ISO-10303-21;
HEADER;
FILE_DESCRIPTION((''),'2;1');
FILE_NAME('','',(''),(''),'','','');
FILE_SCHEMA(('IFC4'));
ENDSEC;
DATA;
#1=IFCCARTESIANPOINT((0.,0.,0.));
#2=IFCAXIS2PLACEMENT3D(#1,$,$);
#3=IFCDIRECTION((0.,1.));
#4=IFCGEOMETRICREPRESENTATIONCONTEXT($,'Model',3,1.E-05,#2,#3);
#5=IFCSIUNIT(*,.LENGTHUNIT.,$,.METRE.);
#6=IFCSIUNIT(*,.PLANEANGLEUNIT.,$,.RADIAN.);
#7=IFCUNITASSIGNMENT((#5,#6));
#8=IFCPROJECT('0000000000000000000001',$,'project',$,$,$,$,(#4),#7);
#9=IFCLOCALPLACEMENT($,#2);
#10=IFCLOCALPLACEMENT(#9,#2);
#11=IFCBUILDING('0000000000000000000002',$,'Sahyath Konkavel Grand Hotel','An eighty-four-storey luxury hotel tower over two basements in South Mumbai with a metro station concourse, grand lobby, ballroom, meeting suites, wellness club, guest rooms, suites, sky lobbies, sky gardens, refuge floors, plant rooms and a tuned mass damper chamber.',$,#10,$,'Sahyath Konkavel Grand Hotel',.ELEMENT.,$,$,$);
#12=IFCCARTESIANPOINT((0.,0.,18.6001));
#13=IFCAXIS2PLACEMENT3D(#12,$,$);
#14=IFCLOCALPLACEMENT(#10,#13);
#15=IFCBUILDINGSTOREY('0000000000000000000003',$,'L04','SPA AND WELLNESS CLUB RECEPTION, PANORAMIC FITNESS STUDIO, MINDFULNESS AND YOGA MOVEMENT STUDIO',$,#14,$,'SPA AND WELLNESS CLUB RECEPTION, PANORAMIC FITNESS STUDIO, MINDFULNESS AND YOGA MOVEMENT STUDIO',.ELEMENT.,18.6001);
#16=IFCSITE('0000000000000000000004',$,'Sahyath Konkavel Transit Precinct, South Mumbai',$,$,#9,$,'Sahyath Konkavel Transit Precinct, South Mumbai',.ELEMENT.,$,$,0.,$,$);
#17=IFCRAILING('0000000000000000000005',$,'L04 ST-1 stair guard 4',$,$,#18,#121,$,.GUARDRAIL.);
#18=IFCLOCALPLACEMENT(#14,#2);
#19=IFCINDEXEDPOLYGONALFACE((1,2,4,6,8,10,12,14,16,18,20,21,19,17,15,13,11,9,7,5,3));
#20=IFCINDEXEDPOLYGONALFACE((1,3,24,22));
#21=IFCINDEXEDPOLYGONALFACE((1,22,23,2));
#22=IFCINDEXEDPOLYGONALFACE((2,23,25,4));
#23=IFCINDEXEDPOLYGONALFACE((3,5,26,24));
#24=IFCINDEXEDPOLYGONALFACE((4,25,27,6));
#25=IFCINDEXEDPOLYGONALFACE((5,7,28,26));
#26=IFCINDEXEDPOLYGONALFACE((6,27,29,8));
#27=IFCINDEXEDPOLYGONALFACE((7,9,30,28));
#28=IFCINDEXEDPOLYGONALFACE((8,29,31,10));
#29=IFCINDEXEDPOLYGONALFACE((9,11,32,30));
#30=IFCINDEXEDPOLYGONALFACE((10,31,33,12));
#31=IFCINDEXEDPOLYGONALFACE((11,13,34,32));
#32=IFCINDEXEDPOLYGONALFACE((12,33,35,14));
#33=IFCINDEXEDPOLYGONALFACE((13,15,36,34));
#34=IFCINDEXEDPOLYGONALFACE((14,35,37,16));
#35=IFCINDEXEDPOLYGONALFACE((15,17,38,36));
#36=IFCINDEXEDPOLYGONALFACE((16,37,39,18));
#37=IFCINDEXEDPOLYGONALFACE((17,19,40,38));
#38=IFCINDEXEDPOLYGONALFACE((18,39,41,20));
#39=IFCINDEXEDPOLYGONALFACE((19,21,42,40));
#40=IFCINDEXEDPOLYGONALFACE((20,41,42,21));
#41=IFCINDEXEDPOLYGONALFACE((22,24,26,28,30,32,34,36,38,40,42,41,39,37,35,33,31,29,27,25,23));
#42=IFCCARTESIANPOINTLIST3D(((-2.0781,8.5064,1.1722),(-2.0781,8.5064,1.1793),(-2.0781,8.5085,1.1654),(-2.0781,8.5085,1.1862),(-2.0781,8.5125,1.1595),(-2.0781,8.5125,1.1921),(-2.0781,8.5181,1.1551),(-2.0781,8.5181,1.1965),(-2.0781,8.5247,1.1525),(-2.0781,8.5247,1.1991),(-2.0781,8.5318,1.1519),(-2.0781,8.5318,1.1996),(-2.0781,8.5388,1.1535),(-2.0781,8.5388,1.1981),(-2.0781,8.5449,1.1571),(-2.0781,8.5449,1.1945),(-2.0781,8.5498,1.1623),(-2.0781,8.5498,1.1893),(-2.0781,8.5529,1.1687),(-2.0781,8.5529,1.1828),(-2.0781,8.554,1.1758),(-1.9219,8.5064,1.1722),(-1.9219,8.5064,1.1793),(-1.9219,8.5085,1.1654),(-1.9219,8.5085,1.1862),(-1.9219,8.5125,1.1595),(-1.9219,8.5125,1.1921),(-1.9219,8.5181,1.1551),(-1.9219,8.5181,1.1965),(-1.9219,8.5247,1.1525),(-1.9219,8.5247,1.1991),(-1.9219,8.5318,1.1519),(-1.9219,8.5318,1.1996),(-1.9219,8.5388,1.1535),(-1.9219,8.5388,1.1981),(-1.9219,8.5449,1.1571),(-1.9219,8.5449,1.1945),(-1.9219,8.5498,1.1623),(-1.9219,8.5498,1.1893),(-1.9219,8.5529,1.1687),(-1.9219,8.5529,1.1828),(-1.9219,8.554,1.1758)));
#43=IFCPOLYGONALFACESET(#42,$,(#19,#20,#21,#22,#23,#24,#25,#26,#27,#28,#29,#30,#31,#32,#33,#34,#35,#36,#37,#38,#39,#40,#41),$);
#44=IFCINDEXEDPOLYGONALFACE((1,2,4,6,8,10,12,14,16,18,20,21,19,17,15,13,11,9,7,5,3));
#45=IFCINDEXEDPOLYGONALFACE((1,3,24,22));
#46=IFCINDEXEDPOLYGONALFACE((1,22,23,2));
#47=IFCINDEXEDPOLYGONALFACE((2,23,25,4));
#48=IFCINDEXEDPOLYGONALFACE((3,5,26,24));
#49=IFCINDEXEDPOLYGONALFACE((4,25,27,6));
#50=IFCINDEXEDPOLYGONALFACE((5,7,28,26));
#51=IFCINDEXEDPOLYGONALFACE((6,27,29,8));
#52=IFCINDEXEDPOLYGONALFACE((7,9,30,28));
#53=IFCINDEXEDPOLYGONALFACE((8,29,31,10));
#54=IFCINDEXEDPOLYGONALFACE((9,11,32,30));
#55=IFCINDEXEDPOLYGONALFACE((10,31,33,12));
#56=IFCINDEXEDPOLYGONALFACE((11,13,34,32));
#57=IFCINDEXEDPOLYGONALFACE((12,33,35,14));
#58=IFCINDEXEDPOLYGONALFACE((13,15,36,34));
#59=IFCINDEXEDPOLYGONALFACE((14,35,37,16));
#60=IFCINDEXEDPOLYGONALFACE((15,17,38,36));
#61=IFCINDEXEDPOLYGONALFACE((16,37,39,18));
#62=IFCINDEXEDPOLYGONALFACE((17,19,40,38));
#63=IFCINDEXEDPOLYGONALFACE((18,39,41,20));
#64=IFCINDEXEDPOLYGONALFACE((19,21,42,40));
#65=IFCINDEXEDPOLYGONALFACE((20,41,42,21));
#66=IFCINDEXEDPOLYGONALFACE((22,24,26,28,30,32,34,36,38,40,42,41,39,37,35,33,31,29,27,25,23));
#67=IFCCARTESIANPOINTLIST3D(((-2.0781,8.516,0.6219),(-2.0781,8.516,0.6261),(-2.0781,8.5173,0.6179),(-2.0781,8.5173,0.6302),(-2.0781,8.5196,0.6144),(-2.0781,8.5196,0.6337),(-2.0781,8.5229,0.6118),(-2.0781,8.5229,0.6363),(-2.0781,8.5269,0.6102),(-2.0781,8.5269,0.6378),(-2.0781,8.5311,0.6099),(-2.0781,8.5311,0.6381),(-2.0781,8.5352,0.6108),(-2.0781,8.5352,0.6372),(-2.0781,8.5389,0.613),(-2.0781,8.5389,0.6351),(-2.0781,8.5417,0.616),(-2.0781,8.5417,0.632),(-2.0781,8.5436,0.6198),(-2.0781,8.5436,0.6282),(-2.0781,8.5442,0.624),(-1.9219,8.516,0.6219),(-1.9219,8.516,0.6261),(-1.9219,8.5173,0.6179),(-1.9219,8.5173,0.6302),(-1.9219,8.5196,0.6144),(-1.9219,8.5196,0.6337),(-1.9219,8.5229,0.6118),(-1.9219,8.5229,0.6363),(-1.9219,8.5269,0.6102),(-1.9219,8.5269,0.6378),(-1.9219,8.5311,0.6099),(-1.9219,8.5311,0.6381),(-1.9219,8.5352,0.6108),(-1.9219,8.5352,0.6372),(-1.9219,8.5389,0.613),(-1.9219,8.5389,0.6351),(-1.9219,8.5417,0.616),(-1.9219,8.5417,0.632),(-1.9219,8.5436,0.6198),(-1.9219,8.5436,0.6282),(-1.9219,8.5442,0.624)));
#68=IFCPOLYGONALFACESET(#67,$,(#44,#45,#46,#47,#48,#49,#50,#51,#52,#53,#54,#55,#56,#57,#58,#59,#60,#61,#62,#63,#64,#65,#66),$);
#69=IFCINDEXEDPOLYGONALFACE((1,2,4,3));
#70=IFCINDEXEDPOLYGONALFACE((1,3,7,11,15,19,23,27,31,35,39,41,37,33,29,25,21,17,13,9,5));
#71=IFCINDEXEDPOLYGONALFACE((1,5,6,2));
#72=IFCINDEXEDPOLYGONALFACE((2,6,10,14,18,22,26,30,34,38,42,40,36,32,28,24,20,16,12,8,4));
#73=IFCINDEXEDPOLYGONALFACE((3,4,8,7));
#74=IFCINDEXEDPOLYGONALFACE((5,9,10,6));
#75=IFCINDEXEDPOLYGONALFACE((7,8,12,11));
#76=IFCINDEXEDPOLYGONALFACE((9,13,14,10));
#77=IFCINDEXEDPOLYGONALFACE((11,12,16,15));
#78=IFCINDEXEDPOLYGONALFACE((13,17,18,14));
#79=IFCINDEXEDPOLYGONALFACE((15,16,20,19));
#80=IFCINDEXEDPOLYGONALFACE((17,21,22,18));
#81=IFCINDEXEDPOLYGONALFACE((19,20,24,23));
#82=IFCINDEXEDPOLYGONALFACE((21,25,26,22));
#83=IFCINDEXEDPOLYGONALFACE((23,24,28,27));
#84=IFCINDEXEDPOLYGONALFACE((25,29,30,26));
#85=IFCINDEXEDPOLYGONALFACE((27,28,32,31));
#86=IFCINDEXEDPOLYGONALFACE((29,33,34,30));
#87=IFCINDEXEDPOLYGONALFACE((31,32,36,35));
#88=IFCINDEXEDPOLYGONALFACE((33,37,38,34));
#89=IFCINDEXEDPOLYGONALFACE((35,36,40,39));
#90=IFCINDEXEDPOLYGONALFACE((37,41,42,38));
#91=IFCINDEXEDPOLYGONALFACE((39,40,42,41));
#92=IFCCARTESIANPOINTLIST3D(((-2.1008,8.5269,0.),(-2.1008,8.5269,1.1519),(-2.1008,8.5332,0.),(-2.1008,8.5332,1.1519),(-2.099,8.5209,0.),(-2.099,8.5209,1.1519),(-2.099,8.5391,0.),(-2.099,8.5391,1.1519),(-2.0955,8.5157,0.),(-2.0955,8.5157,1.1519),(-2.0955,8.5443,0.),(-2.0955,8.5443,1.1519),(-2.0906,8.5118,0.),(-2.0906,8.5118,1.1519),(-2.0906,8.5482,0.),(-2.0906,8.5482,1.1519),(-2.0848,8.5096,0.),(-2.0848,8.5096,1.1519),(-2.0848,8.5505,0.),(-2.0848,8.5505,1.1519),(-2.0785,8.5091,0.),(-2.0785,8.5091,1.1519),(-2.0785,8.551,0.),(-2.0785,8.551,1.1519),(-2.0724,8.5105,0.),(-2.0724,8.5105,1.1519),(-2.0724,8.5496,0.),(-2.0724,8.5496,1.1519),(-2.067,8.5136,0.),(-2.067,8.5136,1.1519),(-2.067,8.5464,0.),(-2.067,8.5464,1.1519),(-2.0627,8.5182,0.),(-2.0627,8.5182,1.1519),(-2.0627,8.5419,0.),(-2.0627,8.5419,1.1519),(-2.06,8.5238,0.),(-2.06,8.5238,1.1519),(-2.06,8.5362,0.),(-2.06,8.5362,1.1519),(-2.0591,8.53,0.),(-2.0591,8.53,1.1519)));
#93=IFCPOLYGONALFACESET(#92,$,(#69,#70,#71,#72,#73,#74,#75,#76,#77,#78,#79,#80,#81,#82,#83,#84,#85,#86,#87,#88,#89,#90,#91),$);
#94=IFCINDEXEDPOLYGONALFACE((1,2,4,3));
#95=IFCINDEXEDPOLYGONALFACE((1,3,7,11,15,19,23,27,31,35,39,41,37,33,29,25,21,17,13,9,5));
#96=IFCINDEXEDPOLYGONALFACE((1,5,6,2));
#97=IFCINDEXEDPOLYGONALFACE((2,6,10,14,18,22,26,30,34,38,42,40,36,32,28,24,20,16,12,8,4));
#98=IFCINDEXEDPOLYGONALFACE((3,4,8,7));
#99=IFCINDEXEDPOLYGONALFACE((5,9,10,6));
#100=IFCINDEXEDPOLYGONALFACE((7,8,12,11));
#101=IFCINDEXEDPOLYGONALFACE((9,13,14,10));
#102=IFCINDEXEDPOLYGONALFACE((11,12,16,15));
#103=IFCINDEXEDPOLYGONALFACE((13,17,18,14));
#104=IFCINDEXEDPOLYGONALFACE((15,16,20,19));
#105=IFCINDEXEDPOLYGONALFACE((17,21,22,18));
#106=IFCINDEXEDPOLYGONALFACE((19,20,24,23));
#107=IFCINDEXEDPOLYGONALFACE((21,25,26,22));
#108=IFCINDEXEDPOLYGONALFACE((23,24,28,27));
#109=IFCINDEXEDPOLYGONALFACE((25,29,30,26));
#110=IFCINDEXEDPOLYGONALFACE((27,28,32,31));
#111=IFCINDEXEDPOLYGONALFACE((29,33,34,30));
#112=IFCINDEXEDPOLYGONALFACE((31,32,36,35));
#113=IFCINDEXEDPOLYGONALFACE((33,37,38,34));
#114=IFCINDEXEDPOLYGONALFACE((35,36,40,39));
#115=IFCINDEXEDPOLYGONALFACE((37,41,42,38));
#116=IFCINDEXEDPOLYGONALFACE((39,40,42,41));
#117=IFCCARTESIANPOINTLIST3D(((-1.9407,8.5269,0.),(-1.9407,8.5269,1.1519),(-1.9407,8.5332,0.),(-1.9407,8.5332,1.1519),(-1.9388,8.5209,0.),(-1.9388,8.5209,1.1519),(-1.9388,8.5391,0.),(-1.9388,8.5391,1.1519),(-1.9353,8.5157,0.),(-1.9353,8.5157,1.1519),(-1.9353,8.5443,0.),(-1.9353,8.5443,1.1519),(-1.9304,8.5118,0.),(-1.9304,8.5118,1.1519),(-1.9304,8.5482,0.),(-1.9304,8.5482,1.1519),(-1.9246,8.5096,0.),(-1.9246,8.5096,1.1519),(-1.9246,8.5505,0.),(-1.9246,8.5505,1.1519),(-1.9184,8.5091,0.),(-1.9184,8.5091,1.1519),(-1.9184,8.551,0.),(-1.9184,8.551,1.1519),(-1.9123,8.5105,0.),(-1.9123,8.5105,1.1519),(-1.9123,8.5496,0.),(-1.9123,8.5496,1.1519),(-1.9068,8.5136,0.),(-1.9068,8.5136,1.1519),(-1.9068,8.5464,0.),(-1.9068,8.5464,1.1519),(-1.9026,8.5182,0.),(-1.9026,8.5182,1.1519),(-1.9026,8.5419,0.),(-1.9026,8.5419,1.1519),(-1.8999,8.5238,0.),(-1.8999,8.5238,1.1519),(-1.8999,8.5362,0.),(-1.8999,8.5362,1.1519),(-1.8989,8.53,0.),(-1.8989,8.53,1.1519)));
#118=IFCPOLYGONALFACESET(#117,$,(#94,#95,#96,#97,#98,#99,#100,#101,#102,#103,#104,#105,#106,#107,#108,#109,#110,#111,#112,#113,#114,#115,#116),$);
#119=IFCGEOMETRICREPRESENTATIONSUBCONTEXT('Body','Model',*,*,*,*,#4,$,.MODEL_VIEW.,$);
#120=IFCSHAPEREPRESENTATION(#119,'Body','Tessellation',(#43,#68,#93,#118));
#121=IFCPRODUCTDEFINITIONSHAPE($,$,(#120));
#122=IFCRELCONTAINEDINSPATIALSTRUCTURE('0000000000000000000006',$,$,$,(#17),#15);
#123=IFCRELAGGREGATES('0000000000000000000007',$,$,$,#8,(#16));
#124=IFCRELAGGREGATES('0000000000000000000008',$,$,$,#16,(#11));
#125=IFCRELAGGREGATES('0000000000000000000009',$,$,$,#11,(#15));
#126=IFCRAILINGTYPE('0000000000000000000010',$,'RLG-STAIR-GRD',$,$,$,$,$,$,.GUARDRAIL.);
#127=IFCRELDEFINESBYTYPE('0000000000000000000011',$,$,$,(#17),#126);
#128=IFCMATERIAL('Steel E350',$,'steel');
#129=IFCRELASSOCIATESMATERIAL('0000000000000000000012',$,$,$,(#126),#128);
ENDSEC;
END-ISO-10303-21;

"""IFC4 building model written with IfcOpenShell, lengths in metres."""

from ifc_helpers import new_model, si_unit, direction, frame, origin, origin_2d, place, context, subcontext, project, spatial, circle, extrude, material, type_object, element, save


model = new_model("IFC4")

# Units and contexts
model_context = context("Model", 3, precision=1e-05, world=origin(), true_north=direction((0.0, 1.0)))
body_context = subcontext(model_context, "Body", "Model", "MODEL_VIEW")
ifc_project = project(units=[si_unit("LENGTHUNIT", "METRE"), si_unit("PLANEANGLEUNIT", "RADIAN")], contexts=[model_context])

# Site, building, storey
site_placement = place(None, origin())
site = spatial("IfcSite", under=ifc_project, at=site_placement, Name="Sahyath Konkavel Transit Precinct, South Mumbai", LongName="Sahyath Konkavel Transit Precinct, South Mumbai", CompositionType="ELEMENT", RefElevation=0.0)
building_placement = place(site_placement, origin())
building = spatial("IfcBuilding", under=site, at=building_placement, Name="Sahyath Konkavel Grand Hotel", Description="An eighty-four-storey luxury hotel tower over two basements in South Mumbai with a metro station concourse, grand lobby, ballroom, meeting suites, wellness club, guest rooms, suites, sky lobbies, sky gardens, refuge floors, plant rooms and a tuned mass damper chamber.", LongName="Sahyath Konkavel Grand Hotel", CompositionType="ELEMENT")
storey_placement = place(building_placement, frame((0.0, 0.0, 18.6001)))
storey = spatial("IfcBuildingStorey", under=building, at=storey_placement, Name="L04", Description="SPA AND WELLNESS CLUB RECEPTION, PANORAMIC FITNESS STUDIO, MINDFULNESS AND YOGA MOVEMENT STUDIO", LongName="SPA AND WELLNESS CLUB RECEPTION, PANORAMIC FITNESS STUDIO, MINDFULNESS AND YOGA MOVEMENT STUDIO", CompositionType="ELEMENT", Elevation=18.6001)

# Shared definitions
ifc_material_1 = material(Name="Steel E350", Category="steel")

# Railing
railing_type_1 = type_object("IfcRailingType", Name="RLG-STAIR-GRD", PredefinedType="GUARDRAIL", material=ifc_material_1)
railing_1_placement = place(storey_placement, frame((-2.0801, 8.53, 0.0)))
element("IfcRailing", 1, at=railing_1_placement, inside=storey, type_object=railing_type_1, Name="L04 ST-1 stair guard 4", PredefinedType="GUARDRAIL", context=body_context, shape_type="SweptSolid", body=[
    extrude(circle(Radius=0.0239, at=origin_2d()), frame((0.002, 0.0, 1.1758), z_axis=(1.0, 0.0, 0.0), x_axis=(0.0, 1.0, 0.0)), (0.0, 0.0, 1.0), 0.1562),
    extrude(circle(Radius=0.0142, at=origin_2d()), frame((0.002, 0.0, 0.624), z_axis=(1.0, 0.0, 0.0), x_axis=(0.0, 1.0, 0.0)), (0.0, 0.0, 1.0), 0.1562),
    extrude(circle(Radius=0.021, at=origin_2d()), origin(), (0.0, 0.0, 1.0), 1.1519),
    extrude(circle(Radius=0.021, at=origin_2d()), frame((0.1602, 0.0, 0.0)), (0.0, 0.0, 1.0), 1.1519),
])

save(model, "model.ifc")
